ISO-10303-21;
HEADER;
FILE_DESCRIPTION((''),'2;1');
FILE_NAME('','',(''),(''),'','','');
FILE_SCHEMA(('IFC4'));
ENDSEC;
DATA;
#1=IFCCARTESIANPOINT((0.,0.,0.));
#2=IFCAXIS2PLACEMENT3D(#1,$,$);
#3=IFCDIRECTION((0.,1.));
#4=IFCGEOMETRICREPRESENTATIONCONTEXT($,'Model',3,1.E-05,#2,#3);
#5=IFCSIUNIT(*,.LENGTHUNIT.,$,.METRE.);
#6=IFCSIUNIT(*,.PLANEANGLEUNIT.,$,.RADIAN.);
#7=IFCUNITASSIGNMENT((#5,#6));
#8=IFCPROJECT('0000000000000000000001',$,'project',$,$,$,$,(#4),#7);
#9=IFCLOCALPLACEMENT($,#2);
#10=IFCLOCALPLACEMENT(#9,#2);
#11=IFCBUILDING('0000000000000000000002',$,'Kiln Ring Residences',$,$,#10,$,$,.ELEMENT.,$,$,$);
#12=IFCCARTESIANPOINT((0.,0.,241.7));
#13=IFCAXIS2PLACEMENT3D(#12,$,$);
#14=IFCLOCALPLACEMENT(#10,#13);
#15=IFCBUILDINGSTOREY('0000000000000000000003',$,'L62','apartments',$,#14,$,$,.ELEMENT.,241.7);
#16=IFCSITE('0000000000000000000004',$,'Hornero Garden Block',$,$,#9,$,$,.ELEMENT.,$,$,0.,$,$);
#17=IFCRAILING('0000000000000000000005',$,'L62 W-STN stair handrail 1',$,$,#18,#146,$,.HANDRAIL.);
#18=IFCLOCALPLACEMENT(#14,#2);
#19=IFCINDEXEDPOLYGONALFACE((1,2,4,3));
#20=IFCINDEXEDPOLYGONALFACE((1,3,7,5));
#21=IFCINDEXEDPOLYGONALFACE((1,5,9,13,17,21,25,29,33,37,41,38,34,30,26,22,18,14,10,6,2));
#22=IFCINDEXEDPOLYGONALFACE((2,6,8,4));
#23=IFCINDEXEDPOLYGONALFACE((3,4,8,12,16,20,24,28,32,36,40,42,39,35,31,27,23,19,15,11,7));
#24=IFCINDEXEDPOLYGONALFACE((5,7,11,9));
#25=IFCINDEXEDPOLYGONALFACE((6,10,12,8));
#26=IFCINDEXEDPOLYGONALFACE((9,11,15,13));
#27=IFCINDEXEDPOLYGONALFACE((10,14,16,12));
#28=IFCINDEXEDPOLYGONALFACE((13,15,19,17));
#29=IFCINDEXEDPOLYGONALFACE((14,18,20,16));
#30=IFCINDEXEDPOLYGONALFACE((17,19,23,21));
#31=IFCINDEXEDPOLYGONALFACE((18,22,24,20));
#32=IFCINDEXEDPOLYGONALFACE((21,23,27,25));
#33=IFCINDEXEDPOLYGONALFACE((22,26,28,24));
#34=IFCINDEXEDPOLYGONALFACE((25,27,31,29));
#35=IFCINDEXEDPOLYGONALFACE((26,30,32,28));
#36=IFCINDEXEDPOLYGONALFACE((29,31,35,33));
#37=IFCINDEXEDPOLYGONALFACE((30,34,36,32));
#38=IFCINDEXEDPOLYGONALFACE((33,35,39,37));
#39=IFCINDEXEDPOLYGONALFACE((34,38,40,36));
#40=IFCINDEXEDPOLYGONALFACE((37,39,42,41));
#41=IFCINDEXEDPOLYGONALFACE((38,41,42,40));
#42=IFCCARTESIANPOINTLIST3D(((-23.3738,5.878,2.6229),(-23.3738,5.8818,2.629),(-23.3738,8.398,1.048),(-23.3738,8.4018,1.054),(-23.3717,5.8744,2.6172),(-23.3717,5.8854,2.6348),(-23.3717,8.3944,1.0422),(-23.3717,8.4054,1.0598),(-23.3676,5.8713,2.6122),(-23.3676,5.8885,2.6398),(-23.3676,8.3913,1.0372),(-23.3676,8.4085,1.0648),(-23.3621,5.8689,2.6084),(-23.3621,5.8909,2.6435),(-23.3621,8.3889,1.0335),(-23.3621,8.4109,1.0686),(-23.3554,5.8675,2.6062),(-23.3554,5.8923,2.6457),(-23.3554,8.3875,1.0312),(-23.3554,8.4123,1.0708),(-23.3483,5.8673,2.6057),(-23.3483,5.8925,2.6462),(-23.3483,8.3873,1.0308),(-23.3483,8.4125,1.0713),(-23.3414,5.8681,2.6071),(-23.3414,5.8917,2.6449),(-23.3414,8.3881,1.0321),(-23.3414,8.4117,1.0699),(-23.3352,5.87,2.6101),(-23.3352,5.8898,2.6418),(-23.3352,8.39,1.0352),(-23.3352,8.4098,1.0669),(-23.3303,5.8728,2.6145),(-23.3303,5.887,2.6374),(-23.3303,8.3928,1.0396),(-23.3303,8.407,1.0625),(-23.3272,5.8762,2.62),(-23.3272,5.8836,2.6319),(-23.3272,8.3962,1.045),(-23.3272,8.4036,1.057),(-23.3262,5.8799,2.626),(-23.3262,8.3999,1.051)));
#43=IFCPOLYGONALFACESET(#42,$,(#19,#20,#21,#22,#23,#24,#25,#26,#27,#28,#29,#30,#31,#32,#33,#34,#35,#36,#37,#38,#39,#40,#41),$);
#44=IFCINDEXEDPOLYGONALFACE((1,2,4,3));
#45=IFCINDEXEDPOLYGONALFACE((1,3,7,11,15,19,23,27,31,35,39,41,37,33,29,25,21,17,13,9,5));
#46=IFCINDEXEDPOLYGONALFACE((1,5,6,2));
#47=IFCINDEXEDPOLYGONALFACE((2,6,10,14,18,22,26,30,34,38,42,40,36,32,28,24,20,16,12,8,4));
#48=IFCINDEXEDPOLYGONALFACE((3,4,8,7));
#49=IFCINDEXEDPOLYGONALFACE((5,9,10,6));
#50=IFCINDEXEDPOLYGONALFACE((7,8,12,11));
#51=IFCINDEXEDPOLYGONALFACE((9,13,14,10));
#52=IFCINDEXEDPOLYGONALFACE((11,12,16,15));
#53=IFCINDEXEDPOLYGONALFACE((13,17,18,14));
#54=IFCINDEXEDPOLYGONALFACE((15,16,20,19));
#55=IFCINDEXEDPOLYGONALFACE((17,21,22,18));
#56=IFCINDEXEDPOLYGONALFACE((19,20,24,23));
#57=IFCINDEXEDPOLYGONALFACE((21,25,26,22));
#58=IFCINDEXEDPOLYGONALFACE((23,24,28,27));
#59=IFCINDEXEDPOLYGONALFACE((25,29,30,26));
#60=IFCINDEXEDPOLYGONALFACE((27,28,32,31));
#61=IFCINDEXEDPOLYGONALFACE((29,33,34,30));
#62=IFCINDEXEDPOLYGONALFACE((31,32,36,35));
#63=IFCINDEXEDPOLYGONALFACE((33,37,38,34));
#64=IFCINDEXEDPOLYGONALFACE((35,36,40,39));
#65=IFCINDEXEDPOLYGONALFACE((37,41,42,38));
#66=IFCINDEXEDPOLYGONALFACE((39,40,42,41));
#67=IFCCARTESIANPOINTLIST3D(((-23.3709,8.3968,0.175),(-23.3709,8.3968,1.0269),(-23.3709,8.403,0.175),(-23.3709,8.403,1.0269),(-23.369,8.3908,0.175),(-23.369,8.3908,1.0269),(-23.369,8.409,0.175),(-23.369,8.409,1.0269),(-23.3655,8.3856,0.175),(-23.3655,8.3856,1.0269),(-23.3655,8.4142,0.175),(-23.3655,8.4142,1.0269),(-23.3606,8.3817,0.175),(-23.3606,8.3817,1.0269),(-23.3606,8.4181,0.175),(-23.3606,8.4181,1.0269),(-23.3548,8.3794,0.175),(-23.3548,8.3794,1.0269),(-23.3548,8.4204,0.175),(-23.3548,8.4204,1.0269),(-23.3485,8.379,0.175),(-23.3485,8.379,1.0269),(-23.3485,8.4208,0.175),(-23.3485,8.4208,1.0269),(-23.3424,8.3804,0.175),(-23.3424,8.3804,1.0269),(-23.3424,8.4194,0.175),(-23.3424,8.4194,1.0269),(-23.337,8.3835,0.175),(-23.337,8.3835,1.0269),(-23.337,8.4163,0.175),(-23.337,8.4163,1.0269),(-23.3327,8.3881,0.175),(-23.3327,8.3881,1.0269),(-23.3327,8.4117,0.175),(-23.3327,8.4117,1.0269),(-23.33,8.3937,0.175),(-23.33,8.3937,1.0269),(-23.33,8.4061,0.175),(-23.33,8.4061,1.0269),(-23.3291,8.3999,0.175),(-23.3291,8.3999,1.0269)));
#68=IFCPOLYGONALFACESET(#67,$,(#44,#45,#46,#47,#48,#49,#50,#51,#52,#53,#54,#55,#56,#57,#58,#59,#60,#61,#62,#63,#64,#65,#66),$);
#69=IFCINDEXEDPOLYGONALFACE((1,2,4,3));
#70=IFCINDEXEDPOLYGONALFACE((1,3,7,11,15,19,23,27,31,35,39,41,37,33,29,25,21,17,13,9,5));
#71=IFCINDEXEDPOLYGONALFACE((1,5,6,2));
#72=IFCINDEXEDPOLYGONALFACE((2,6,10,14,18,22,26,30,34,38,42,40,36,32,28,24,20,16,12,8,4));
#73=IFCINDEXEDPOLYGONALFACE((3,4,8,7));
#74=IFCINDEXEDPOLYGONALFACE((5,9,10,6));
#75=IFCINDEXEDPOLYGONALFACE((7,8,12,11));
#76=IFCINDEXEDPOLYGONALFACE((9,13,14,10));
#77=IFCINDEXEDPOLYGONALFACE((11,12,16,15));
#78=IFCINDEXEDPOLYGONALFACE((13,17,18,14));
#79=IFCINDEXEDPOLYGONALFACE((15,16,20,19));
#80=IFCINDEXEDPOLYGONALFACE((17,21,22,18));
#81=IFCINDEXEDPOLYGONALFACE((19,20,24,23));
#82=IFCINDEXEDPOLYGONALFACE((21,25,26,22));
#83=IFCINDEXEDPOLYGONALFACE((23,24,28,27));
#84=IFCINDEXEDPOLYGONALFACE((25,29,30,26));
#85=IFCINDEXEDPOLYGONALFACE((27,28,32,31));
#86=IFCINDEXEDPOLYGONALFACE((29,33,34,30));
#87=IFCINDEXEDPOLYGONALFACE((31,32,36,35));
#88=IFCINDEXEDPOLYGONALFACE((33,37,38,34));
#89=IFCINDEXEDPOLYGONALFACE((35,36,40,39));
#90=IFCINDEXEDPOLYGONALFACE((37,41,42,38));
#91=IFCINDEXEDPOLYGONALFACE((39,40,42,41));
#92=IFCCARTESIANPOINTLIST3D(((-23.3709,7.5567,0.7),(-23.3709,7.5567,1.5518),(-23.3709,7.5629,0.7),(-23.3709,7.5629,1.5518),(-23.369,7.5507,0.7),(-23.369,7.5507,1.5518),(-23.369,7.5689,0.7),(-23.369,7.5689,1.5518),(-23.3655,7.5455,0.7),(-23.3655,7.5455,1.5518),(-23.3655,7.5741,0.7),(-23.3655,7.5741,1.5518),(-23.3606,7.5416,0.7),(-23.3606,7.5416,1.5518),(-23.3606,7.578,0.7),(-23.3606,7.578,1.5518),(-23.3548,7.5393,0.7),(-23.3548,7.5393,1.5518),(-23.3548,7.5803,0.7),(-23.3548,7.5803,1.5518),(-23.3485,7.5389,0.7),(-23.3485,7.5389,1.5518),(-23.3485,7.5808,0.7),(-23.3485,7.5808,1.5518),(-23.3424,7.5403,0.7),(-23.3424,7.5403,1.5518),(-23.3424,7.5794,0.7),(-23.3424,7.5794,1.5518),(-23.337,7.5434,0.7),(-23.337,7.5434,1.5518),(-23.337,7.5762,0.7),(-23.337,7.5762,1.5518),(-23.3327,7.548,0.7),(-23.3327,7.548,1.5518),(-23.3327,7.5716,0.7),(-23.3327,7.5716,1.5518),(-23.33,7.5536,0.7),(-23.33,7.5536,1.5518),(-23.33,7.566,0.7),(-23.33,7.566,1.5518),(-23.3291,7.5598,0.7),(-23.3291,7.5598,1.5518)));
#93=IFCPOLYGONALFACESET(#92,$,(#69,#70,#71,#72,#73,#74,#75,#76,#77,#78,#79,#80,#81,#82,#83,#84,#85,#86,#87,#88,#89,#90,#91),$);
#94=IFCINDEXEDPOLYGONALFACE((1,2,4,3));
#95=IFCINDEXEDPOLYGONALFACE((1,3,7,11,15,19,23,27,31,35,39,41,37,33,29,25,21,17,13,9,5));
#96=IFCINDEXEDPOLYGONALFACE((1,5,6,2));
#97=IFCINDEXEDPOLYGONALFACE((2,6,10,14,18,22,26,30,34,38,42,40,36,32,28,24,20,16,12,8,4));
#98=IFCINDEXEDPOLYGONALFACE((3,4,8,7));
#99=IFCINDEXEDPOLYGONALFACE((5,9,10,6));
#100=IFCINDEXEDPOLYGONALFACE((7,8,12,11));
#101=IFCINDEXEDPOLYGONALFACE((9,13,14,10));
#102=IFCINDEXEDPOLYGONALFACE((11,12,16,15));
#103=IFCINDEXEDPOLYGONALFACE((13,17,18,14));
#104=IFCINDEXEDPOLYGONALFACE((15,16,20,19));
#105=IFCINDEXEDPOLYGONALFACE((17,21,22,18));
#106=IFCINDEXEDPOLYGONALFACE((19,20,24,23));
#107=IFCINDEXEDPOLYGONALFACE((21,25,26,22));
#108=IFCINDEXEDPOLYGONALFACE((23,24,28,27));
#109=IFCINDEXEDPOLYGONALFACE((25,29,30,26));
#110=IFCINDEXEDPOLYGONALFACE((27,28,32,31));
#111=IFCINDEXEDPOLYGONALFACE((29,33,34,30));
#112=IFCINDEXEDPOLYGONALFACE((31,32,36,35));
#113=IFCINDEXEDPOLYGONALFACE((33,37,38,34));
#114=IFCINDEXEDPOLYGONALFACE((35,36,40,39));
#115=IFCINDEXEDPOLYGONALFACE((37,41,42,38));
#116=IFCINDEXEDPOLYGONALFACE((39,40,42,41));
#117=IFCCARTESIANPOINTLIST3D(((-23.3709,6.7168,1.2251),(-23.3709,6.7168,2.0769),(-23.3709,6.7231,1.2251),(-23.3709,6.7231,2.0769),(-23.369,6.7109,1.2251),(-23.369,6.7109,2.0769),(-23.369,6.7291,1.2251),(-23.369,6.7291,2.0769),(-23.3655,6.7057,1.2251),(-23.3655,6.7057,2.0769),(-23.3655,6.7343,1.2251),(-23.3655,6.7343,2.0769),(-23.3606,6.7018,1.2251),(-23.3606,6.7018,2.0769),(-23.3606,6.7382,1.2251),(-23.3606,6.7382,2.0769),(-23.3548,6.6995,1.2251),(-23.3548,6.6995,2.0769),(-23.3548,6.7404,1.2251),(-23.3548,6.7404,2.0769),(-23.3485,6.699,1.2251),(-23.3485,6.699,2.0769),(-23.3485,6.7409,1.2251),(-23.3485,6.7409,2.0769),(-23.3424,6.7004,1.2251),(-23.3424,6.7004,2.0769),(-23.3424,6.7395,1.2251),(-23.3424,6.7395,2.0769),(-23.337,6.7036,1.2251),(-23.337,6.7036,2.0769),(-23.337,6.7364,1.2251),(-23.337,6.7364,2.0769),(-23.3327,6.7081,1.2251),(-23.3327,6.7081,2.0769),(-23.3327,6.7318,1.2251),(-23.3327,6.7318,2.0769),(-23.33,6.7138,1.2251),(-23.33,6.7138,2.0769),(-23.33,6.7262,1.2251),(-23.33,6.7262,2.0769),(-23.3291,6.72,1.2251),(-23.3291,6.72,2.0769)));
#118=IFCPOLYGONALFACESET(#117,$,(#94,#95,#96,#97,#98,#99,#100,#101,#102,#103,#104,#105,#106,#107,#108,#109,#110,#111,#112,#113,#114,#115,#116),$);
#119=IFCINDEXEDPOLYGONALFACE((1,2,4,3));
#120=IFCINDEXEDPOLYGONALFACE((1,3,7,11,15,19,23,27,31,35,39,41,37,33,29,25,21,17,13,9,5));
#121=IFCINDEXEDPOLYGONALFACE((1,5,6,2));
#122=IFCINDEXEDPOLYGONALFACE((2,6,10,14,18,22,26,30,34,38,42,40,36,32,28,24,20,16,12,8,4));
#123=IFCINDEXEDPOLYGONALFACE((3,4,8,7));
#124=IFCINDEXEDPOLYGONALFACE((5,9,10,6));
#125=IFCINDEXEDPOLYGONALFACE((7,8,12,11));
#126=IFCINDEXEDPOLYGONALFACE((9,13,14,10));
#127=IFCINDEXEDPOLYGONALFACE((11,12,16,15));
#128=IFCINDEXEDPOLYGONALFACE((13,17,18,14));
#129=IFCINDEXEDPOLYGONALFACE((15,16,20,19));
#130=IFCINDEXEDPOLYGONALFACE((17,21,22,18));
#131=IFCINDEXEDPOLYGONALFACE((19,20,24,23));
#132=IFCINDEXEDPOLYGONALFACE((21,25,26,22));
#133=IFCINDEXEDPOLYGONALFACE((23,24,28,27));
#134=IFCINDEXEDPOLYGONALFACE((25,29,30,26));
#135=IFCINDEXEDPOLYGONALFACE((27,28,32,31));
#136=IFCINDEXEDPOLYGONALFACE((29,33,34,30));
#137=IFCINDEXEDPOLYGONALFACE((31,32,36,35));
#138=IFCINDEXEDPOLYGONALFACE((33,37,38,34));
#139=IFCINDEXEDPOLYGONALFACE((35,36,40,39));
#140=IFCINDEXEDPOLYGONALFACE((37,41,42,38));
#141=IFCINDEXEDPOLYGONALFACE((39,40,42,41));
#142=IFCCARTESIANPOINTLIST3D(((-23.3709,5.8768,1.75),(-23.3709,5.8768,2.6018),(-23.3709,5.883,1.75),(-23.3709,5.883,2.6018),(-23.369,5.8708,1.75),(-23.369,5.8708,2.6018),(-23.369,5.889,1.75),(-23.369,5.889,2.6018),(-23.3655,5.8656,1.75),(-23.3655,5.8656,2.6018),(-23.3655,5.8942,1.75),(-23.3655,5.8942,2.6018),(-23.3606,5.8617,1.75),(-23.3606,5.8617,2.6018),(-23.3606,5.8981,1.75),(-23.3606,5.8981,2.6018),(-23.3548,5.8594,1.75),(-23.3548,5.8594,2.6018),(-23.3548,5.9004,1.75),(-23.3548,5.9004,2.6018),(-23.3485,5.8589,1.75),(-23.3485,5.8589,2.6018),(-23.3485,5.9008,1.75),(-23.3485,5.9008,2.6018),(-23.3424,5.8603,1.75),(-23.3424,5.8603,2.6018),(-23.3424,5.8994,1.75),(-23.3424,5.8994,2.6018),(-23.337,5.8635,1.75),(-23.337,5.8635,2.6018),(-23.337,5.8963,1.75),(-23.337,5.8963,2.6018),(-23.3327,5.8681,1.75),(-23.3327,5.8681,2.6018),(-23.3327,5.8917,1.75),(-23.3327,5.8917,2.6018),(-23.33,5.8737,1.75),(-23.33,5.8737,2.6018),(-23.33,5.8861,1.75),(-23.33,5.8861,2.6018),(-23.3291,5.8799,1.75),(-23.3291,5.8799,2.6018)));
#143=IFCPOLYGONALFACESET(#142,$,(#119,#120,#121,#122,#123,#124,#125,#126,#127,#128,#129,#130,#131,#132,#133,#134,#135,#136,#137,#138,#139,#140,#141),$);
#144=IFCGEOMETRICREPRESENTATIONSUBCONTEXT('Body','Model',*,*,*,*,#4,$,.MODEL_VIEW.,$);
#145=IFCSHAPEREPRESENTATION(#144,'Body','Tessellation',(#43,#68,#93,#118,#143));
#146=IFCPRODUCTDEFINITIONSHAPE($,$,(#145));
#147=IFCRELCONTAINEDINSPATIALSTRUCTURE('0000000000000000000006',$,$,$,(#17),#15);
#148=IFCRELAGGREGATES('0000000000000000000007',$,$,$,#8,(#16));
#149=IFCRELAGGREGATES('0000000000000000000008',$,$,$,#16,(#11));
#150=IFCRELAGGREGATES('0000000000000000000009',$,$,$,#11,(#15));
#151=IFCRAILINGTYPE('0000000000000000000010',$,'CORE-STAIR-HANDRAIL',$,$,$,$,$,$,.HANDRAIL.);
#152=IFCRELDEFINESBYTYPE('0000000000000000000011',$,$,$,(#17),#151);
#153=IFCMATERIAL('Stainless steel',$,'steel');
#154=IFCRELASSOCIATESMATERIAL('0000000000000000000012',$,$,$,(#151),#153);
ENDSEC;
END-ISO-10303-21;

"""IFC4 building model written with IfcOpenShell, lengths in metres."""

from ifc_helpers import new_model, si_unit, direction, frame, origin, origin_2d, place, context, subcontext, project, spatial, circle, extrude, material, type_object, element, save


model = new_model("IFC4")

# Units and contexts
model_context = context("Model", 3, precision=1e-05, world=origin(), true_north=direction((0.0, 1.0)))
body_context = subcontext(model_context, "Body", "Model", "MODEL_VIEW")
ifc_project = project(units=[si_unit("LENGTHUNIT", "METRE"), si_unit("PLANEANGLEUNIT", "RADIAN")], contexts=[model_context])

# Site, building, storey
site_placement = place(None, origin())
site = spatial("IfcSite", under=ifc_project, at=site_placement, Name="Hornero Garden Block", CompositionType="ELEMENT", RefElevation=0.0)
building_placement = place(site_placement, origin())
building = spatial("IfcBuilding", under=site, at=building_placement, Name="Kiln Ring Residences", CompositionType="ELEMENT")
storey_placement = place(building_placement, frame((0.0, 0.0, 241.7)))
storey = spatial("IfcBuildingStorey", under=building, at=storey_placement, Name="L62", Description="apartments", CompositionType="ELEMENT", Elevation=241.7)

# Railing
ifc_material_1 = material(Name="Stainless steel", Category="steel")
railing_type_1 = type_object("IfcRailingType", Name="CORE-STAIR-HANDRAIL", PredefinedType="HANDRAIL", material=ifc_material_1)
railing_1_placement = place(storey_placement, frame((-23.3501, 8.3999, 0.175)))
element("IfcRailing", 1, at=railing_1_placement, inside=storey, type_object=railing_type_1, Name="L62 W-STN stair handrail 1", PredefinedType="HANDRAIL", context=body_context, shape_type="SweptSolid", body=[
    extrude(circle(Radius=0.0239, at=origin_2d()), frame((0.0, 0.0, 0.876), z_axis=(0.0, -0.848008, 0.529984), x_axis=(1.0, 0.0, 0.0)), (0.0, 0.0, 1.0), 2.9717),
    extrude(circle(Radius=0.021, at=origin_2d()), origin(), (0.0, 0.0, 1.0), 0.8518),
    extrude(circle(Radius=0.021, at=origin_2d()), frame((0.0, -0.8401, 0.5249)), (0.0, 0.0, 1.0), 0.8518),
    extrude(circle(Radius=0.021, at=origin_2d()), frame((0.0, -1.6799, 1.05)), (0.0, 0.0, 1.0), 0.8518),
    extrude(circle(Radius=0.021, at=origin_2d()), frame((0.0, -2.52, 1.575)), (0.0, 0.0, 1.0), 0.8518),
])

save(model, "model.ifc")
